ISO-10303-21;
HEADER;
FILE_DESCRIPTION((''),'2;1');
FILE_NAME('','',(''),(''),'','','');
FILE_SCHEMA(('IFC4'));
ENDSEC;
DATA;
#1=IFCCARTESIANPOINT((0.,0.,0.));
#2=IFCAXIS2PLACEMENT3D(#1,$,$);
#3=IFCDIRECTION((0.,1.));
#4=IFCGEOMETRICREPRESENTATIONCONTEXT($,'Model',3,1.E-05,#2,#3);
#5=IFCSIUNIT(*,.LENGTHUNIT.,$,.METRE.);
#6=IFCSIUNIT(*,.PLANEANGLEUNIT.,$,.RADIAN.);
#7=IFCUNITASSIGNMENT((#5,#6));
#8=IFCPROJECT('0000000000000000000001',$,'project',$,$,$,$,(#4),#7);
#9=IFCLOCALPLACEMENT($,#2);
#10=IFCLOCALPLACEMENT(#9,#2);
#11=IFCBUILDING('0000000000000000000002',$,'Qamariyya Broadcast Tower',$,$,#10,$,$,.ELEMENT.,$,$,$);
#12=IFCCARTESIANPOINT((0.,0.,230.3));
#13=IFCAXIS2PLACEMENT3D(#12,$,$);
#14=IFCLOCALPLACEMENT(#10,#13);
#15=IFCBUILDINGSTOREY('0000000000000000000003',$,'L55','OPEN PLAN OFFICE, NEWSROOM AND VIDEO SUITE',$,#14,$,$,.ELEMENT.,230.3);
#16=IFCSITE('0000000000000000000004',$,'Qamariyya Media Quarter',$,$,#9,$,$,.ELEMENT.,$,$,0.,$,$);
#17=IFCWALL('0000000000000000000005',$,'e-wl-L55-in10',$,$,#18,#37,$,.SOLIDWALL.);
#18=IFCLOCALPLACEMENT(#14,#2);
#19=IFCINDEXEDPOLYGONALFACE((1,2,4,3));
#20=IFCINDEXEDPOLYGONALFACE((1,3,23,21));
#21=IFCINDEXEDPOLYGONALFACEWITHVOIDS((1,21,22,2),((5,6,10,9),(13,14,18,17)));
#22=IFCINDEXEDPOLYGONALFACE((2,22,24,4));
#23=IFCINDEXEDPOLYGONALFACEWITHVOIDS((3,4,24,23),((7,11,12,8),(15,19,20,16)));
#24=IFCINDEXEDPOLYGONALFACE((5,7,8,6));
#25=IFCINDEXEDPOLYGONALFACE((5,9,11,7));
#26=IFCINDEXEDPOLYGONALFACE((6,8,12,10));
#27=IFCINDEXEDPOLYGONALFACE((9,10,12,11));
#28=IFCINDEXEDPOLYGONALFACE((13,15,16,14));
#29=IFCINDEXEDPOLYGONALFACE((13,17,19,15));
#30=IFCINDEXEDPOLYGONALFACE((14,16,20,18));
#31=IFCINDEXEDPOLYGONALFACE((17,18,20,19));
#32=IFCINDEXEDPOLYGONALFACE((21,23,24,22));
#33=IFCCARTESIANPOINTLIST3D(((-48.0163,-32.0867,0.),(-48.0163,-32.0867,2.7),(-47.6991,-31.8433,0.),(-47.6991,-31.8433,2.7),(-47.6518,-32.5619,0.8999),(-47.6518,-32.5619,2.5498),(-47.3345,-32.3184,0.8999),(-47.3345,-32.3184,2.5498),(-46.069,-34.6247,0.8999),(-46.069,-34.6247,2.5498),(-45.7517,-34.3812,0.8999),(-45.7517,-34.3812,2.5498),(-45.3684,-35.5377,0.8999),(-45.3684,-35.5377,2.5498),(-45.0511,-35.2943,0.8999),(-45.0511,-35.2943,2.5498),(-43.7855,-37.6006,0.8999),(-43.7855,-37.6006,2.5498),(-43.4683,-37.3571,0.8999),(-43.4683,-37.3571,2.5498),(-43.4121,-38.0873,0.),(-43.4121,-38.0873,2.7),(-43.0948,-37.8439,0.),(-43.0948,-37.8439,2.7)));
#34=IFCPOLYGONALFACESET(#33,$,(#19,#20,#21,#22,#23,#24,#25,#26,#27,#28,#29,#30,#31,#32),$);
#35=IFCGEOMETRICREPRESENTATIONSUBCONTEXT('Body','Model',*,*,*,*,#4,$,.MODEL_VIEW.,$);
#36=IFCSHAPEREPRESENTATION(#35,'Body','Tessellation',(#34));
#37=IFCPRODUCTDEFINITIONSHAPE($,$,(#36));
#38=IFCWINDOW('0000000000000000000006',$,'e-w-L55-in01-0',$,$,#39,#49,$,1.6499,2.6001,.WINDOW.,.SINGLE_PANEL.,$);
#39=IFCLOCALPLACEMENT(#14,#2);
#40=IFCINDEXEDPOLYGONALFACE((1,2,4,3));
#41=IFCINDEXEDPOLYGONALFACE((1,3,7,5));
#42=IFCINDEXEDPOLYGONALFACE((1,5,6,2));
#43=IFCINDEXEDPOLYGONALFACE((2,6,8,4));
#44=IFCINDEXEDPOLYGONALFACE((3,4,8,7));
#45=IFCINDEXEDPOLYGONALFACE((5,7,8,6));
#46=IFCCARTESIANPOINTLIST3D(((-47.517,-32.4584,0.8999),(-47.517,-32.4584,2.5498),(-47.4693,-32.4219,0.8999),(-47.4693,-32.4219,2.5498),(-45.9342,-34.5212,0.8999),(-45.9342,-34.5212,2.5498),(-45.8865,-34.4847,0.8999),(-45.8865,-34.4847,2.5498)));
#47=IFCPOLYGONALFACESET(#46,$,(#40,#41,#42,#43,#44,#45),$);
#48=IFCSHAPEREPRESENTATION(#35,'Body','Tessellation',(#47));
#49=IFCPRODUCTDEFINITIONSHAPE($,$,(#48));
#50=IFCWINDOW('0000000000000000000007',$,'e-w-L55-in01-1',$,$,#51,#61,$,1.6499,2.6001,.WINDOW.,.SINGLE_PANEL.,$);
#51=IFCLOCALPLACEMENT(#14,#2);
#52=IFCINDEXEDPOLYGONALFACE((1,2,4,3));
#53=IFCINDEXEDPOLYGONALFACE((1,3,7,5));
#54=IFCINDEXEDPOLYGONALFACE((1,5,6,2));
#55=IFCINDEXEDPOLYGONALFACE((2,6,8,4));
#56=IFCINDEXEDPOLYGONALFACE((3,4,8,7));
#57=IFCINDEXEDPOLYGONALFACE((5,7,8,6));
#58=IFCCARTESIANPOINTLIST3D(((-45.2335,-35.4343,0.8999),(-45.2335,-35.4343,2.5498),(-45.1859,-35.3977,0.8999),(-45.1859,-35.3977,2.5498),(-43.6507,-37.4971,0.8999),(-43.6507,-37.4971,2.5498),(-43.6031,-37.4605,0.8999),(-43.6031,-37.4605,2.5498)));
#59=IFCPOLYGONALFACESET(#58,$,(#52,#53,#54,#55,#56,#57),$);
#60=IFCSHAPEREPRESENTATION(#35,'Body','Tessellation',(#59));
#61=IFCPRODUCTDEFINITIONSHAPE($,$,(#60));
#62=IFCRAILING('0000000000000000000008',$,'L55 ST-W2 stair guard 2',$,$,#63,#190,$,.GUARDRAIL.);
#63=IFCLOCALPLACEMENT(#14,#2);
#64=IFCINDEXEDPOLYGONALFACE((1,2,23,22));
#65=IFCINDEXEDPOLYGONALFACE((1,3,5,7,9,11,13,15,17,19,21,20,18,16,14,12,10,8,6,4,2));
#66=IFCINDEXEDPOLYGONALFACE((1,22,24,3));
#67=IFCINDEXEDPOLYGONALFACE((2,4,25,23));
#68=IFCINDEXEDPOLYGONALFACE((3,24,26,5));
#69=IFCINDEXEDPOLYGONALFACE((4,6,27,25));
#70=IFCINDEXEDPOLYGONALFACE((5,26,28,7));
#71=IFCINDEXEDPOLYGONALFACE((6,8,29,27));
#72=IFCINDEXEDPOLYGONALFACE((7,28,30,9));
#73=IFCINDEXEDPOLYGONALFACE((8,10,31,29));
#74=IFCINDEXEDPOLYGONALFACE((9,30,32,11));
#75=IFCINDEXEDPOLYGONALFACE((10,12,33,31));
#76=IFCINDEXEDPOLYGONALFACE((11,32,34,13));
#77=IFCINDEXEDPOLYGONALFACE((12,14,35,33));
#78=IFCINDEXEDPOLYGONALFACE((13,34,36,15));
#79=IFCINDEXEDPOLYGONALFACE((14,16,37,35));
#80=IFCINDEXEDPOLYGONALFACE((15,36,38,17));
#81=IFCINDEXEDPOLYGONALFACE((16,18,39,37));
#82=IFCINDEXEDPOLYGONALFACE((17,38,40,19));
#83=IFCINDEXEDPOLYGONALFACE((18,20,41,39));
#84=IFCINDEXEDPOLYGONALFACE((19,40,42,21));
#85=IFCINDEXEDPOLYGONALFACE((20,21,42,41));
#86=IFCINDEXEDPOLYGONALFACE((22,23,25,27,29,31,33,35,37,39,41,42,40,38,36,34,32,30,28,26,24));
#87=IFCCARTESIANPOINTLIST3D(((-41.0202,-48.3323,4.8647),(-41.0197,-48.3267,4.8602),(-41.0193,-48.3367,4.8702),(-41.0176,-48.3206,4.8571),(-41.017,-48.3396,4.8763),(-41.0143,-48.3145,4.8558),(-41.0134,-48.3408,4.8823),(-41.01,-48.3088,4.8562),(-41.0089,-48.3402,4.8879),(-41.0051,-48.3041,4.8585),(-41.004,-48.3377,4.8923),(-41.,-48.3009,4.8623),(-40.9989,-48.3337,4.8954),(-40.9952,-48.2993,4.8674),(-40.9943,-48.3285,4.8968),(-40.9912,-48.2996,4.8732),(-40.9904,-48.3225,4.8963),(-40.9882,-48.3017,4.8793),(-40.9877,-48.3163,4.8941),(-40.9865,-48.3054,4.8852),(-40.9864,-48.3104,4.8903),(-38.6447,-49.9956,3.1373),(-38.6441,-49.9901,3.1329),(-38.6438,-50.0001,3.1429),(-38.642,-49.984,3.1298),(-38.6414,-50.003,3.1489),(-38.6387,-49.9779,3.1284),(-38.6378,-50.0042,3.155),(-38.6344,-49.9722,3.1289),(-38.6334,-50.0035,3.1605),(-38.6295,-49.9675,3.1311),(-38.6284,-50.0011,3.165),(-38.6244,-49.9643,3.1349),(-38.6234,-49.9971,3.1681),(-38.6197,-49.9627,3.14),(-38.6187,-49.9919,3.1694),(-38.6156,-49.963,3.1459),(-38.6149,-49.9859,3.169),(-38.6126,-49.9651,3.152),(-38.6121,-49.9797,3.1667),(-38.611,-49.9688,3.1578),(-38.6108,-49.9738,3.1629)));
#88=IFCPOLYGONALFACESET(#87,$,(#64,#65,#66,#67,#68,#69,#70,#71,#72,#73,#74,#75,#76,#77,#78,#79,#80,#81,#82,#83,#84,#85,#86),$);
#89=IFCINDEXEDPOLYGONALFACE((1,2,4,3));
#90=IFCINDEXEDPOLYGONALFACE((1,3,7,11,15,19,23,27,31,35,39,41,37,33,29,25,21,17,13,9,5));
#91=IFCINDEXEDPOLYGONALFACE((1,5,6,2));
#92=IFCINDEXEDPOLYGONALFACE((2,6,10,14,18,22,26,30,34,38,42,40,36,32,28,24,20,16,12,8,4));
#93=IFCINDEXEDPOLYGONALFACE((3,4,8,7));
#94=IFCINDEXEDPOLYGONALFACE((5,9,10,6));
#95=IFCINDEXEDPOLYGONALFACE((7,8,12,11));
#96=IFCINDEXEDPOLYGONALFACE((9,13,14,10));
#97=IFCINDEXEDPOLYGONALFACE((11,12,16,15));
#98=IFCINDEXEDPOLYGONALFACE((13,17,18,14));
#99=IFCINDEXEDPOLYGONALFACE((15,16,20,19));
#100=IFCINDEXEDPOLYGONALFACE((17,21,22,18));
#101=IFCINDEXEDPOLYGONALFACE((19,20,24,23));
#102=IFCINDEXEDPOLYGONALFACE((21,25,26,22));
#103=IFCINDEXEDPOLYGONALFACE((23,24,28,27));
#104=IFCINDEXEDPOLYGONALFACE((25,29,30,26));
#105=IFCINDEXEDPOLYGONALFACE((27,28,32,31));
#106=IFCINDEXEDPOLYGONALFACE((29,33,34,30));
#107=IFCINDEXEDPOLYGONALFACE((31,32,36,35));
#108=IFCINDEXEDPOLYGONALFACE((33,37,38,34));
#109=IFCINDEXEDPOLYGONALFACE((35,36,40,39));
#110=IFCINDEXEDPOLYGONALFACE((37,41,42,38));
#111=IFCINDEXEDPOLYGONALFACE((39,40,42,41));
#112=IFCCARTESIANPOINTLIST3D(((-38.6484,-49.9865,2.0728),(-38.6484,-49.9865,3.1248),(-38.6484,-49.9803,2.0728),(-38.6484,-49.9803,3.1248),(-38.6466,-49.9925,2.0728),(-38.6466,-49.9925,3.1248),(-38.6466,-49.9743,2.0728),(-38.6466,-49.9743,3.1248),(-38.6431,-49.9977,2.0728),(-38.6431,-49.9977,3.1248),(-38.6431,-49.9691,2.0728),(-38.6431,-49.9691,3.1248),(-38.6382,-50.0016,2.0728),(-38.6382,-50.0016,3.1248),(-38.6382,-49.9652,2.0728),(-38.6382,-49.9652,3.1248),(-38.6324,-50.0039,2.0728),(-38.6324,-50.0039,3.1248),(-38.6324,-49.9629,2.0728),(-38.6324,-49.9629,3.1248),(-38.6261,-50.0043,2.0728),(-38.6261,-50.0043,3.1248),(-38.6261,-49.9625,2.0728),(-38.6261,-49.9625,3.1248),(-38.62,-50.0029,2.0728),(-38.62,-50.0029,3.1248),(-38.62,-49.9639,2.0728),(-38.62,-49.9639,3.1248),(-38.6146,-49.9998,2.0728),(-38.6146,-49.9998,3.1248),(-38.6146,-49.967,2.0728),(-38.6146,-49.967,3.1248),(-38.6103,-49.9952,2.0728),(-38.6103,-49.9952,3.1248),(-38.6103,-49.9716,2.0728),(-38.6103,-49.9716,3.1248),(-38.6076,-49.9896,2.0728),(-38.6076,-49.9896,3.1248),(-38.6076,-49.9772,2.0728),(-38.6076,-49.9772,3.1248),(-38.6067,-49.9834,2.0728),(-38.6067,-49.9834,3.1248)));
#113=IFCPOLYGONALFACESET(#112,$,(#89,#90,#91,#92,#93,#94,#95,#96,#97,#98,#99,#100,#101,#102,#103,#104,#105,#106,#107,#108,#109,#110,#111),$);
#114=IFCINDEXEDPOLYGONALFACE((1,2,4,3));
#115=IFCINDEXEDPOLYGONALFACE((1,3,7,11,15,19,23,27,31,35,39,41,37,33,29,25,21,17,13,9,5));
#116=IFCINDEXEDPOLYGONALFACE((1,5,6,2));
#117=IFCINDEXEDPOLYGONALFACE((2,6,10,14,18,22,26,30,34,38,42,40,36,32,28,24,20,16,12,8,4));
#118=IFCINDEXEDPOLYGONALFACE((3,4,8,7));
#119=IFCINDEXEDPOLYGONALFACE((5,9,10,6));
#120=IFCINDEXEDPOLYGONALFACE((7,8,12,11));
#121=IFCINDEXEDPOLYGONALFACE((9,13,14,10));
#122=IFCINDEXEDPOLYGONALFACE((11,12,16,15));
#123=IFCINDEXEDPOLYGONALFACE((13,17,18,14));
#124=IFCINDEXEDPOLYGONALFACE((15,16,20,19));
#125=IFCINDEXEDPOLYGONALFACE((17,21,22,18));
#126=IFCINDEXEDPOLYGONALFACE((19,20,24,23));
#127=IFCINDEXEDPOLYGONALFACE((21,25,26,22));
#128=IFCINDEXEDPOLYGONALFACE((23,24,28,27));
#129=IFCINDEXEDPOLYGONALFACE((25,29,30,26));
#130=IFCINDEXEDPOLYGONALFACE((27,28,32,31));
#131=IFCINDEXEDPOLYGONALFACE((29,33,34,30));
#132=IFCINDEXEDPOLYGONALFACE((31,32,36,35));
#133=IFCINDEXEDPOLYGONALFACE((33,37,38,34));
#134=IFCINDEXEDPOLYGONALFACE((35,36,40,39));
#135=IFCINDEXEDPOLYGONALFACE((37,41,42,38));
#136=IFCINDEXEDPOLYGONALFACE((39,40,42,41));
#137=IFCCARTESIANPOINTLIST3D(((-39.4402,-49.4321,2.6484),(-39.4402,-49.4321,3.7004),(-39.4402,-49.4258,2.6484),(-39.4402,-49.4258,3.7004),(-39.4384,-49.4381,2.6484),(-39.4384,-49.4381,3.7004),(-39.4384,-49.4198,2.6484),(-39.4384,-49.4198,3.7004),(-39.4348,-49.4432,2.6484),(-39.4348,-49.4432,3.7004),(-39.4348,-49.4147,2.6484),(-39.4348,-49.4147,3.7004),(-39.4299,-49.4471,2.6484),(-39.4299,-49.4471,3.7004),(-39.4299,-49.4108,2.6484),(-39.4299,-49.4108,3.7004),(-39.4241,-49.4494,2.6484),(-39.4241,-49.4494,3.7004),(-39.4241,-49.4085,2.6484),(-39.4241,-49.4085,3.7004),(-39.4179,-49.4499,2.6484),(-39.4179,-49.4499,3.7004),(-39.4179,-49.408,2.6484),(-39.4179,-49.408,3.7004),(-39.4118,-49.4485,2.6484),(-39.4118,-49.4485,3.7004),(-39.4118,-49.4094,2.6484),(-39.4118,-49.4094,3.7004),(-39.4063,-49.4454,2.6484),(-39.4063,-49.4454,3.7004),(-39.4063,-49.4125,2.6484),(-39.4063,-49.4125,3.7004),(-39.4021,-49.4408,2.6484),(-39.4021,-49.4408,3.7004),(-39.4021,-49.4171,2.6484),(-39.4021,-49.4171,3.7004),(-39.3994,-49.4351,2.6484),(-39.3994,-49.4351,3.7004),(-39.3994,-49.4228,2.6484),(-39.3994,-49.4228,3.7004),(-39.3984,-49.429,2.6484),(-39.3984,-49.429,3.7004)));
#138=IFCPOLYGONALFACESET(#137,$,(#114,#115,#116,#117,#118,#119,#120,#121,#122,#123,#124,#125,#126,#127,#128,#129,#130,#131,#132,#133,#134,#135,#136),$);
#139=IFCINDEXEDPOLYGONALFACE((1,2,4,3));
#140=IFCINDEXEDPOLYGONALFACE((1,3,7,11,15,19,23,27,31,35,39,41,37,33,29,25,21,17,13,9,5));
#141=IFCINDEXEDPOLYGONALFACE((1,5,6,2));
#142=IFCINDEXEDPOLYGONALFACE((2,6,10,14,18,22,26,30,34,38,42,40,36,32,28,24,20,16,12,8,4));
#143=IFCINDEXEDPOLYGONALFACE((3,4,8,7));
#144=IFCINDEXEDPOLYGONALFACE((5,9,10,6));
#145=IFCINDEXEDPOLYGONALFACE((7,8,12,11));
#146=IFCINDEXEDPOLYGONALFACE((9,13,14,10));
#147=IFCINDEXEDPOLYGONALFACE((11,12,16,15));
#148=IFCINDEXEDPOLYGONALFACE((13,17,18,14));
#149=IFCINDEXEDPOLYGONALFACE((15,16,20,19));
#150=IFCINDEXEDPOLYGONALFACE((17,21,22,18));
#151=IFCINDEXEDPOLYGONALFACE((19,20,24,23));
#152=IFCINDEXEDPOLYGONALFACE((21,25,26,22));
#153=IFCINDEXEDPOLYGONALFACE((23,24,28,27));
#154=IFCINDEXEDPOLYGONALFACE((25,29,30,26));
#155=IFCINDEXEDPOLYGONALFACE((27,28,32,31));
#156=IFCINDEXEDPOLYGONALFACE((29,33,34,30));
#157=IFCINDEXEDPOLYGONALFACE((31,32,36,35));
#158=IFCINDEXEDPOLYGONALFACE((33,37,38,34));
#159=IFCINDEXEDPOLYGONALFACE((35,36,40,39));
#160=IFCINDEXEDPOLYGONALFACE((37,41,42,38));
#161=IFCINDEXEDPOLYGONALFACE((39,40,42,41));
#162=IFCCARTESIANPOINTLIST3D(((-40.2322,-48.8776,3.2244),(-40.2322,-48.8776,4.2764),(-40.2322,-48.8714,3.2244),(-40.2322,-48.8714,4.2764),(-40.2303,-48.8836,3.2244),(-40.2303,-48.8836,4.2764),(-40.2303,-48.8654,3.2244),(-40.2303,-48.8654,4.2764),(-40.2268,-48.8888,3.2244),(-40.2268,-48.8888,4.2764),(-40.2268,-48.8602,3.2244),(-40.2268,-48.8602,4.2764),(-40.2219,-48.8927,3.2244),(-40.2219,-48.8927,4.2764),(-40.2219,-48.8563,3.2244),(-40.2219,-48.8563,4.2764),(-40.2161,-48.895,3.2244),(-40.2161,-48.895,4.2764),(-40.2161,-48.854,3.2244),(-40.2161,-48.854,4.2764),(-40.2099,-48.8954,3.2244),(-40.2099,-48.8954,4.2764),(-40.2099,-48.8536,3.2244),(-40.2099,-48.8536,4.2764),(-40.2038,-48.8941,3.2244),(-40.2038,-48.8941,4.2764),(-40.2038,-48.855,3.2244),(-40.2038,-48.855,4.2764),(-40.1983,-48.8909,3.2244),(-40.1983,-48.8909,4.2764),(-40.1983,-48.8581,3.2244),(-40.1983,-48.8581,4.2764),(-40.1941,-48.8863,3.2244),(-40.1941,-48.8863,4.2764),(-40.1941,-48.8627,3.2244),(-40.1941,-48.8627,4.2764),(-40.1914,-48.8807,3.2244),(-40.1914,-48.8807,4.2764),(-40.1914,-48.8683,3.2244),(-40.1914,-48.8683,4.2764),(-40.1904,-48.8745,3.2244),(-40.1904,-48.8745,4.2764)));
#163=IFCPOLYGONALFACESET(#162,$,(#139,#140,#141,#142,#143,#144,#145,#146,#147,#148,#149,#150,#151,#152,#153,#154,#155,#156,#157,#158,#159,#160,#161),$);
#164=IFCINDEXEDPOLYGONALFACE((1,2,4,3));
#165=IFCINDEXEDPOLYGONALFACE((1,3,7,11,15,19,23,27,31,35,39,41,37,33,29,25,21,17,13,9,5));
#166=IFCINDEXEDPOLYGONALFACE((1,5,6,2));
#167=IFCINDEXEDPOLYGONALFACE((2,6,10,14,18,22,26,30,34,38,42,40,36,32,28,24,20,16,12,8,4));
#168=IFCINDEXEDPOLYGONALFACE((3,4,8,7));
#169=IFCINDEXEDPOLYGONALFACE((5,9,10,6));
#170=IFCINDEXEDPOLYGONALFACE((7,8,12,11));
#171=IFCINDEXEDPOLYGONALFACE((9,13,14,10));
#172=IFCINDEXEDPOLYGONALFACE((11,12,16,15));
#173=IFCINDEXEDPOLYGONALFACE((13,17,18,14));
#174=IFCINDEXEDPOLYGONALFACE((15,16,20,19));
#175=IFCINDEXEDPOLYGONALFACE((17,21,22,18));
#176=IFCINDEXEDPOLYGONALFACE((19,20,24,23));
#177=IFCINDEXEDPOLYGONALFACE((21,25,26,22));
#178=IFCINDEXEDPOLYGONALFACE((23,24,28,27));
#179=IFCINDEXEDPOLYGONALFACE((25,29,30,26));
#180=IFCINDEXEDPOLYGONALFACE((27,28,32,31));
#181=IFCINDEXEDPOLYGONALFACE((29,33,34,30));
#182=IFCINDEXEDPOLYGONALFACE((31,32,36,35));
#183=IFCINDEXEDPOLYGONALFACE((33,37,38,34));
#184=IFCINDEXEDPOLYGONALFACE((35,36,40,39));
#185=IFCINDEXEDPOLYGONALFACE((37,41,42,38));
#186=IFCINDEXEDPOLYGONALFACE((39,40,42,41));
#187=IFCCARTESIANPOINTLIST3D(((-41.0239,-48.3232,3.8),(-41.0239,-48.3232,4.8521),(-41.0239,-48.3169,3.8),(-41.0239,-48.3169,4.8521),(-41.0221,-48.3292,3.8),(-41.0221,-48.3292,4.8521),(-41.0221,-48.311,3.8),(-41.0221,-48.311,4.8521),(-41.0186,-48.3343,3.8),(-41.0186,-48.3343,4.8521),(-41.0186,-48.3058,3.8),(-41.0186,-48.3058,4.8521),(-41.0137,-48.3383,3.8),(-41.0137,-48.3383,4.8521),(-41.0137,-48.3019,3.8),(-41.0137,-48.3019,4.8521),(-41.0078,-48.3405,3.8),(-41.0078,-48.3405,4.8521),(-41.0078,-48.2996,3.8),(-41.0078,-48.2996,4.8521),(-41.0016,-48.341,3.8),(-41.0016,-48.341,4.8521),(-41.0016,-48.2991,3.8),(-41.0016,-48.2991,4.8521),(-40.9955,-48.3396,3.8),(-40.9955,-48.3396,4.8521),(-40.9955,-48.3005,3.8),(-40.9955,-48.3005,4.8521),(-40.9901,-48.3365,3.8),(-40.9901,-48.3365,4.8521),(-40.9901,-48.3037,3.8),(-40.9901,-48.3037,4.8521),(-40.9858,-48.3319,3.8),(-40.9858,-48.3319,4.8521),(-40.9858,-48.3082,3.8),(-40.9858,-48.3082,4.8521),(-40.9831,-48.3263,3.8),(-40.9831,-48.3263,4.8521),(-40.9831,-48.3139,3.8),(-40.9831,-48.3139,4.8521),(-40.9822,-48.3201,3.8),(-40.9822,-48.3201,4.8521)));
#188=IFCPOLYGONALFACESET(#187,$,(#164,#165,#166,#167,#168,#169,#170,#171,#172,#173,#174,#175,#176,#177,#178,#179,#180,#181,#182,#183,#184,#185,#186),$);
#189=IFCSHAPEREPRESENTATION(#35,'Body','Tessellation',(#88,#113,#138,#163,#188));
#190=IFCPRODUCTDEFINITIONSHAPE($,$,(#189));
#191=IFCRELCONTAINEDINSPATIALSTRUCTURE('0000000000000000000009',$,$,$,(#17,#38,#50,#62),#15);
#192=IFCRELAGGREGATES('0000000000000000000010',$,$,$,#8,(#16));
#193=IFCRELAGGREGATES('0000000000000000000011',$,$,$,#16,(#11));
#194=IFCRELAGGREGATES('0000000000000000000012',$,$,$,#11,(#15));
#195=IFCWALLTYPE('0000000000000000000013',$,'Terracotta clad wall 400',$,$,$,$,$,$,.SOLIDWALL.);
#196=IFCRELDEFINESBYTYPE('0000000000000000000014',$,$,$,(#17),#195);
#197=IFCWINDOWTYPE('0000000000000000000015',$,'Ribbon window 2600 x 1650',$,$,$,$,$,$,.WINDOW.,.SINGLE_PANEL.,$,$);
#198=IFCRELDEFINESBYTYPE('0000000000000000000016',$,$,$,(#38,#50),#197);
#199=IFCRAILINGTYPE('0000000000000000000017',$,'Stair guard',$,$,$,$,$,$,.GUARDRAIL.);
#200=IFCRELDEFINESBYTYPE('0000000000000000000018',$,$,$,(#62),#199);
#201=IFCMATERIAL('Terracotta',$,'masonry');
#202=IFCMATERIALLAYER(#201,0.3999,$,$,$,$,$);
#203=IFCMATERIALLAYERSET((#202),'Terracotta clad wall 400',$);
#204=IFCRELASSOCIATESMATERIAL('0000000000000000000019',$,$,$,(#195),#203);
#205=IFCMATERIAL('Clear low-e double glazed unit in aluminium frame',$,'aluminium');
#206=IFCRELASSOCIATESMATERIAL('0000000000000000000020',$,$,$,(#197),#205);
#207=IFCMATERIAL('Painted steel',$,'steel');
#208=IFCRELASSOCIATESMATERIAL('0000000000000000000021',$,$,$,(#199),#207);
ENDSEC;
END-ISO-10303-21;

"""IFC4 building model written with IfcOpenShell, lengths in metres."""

from ifc_helpers import new_model, si_unit, direction, frame, frame_2d, origin, origin_2d, place, context, subcontext, project, spatial, rectangle, circle, extrude, material, layer, layer_set, type_object, element, fill, save


model = new_model("IFC4")

# Units and contexts
model_context = context("Model", 3, precision=1e-05, world=origin(), true_north=direction((0.0, 1.0)))
body_context = subcontext(model_context, "Body", "Model", "MODEL_VIEW")
ifc_project = project(units=[si_unit("LENGTHUNIT", "METRE"), si_unit("PLANEANGLEUNIT", "RADIAN")], contexts=[model_context])

# Site, building, storey
site_placement = place(None, origin())
site = spatial("IfcSite", under=ifc_project, at=site_placement, Name="Qamariyya Media Quarter", CompositionType="ELEMENT", RefElevation=0.0)
building_placement = place(site_placement, origin())
building = spatial("IfcBuilding", under=site, at=building_placement, Name="Qamariyya Broadcast Tower", CompositionType="ELEMENT")
storey_placement = place(building_placement, frame((0.0, 0.0, 230.3)))
storey = spatial("IfcBuildingStorey", under=building, at=storey_placement, Name="L55", Description="OPEN PLAN OFFICE, NEWSROOM AND VIDEO SUITE", CompositionType="ELEMENT", Elevation=230.3)

# Shared definitions
ifc_material_1 = material(Name="Terracotta", Category="masonry")
ifc_layer_1 = layer(ifc_material_1, 0.3999)
ifc_layer_set_1 = layer_set([ifc_layer_1], Name="Terracotta clad wall 400")
wall_type_1 = type_object("IfcWallType", Name="Terracotta clad wall 400", PredefinedType="SOLIDWALL", material=ifc_layer_set_1)
ifc_material_2 = material(Name="Clear low-e double glazed unit in aluminium frame", Category="aluminium")

# Wall, openings, windows
wall_1_placement = place(storey_placement, frame((-43.2534, -37.9656, 0.0), z_axis=(0.0, 0.0, 1.0), x_axis=(-0.608754, 0.793359, 0.0)))
wall_1 = element("IfcWall", 1, at=wall_1_placement, inside=storey, type_object=wall_type_1, Name="e-wl-L55-in10", PredefinedType="SOLIDWALL", context=body_context, shape_type="SweptSolid", body=[
    extrude(rectangle(XDim=7.5635, YDim=0.3999, at=frame_2d((3.7817, 0.0))), origin(), (0.0, 0.0, 1.0), 2.7),
])
opening_1_placement = place(wall_1_placement, frame((4.3645, 0.0, 0.8999)))
opening_1 = element("IfcOpeningElement", 2, at=opening_1_placement, cuts=wall_1, PredefinedType="OPENING", context=body_context, shape_type="SweptSolid", body=[
    extrude(rectangle(XDim=2.6001, YDim=1.6499, at=frame_2d((1.3, 0.825))), frame((0.0, 0.21, 0.0), z_axis=(0.0, -1.0, 0.0), x_axis=(1.0, 0.0, 0.0)), (0.0, 0.0, 1.0), 0.4199),
])
opening_2_placement = place(wall_1_placement, frame((0.6135, 0.0, 0.8999)))
opening_2 = element("IfcOpeningElement", 3, at=opening_2_placement, cuts=wall_1, PredefinedType="OPENING", context=body_context, shape_type="SweptSolid", body=[
    extrude(rectangle(XDim=2.6001, YDim=1.6499, at=frame_2d((1.3, 0.825))), frame((0.0, 0.21, 0.0), z_axis=(0.0, -1.0, 0.0), x_axis=(1.0, 0.0, 0.0)), (0.0, 0.0, 1.0), 0.4199),
])
window_type_1 = type_object("IfcWindowType", Name="Ribbon window 2600 x 1650", PartitioningType="SINGLE_PANEL", PredefinedType="WINDOW", material=ifc_material_2)
window_1_placement = place(opening_1_placement, origin())
window_1 = element("IfcWindow", 4, at=window_1_placement, inside=storey, type_object=window_type_1, Name="e-w-L55-in01-0", OverallHeight=1.6499, OverallWidth=2.6001, PartitioningType="SINGLE_PANEL", PredefinedType="WINDOW", context=body_context, shape_type="SweptSolid", body=[
    extrude(rectangle(XDim=2.6001, YDim=1.6499, at=frame_2d((1.3, 0.825))), frame((0.0, 0.03, 0.0), z_axis=(0.0, -1.0, 0.0), x_axis=(1.0, 0.0, 0.0)), (0.0, 0.0, 1.0), 0.0601),
])
fill(opening_1, window_1)
window_2_placement = place(opening_2_placement, origin())
window_2 = element("IfcWindow", 5, at=window_2_placement, inside=storey, type_object=window_type_1, Name="e-w-L55-in01-1", OverallHeight=1.6499, OverallWidth=2.6001, PartitioningType="SINGLE_PANEL", PredefinedType="WINDOW", context=body_context, shape_type="SweptSolid", body=[
    extrude(rectangle(XDim=2.6001, YDim=1.6499, at=frame_2d((1.3, 0.825))), frame((0.0, 0.03, 0.0), z_axis=(0.0, -1.0, 0.0), x_axis=(1.0, 0.0, 0.0)), (0.0, 0.0, 1.0), 0.0601),
])
fill(opening_2, window_2)

# Railing
ifc_material_3 = material(Name="Painted steel", Category="steel")
railing_type_1 = type_object("IfcRailingType", Name="Stair guard", PredefinedType="GUARDRAIL", material=ifc_material_3)
railing_1_placement = place(storey_placement, frame((-38.6277, -49.9834, 2.0728)))
element("IfcRailing", 6, at=railing_1_placement, inside=storey, type_object=railing_type_1, Name="L55 ST-W2 stair guard 2", PredefinedType="GUARDRAIL", context=body_context, shape_type="SweptSolid", body=[
    extrude(circle(Radius=0.0239, at=origin_2d()), frame((0.0, 0.0, 1.0762), z_axis=(-0.70377, 0.492784, 0.511734), x_axis=(-0.573575, -0.819153, 0.0)), (0.0, 0.0, 1.0), 3.3755),
    extrude(circle(Radius=0.021, at=origin_2d()), origin(), (0.0, 0.0, 1.0), 1.052),
    extrude(circle(Radius=0.021, at=origin_2d()), frame((-0.7917, 0.5544, 0.5757)), (0.0, 0.0, 1.0), 1.052),
    extrude(circle(Radius=0.021, at=origin_2d()), frame((-1.5837, 1.1089, 1.1516)), (0.0, 0.0, 1.0), 1.052),
    extrude(circle(Radius=0.021, at=origin_2d()), frame((-2.3755, 1.6633, 1.7273)), (0.0, 0.0, 1.0), 1.052),
])

save(model, "model.ifc")
